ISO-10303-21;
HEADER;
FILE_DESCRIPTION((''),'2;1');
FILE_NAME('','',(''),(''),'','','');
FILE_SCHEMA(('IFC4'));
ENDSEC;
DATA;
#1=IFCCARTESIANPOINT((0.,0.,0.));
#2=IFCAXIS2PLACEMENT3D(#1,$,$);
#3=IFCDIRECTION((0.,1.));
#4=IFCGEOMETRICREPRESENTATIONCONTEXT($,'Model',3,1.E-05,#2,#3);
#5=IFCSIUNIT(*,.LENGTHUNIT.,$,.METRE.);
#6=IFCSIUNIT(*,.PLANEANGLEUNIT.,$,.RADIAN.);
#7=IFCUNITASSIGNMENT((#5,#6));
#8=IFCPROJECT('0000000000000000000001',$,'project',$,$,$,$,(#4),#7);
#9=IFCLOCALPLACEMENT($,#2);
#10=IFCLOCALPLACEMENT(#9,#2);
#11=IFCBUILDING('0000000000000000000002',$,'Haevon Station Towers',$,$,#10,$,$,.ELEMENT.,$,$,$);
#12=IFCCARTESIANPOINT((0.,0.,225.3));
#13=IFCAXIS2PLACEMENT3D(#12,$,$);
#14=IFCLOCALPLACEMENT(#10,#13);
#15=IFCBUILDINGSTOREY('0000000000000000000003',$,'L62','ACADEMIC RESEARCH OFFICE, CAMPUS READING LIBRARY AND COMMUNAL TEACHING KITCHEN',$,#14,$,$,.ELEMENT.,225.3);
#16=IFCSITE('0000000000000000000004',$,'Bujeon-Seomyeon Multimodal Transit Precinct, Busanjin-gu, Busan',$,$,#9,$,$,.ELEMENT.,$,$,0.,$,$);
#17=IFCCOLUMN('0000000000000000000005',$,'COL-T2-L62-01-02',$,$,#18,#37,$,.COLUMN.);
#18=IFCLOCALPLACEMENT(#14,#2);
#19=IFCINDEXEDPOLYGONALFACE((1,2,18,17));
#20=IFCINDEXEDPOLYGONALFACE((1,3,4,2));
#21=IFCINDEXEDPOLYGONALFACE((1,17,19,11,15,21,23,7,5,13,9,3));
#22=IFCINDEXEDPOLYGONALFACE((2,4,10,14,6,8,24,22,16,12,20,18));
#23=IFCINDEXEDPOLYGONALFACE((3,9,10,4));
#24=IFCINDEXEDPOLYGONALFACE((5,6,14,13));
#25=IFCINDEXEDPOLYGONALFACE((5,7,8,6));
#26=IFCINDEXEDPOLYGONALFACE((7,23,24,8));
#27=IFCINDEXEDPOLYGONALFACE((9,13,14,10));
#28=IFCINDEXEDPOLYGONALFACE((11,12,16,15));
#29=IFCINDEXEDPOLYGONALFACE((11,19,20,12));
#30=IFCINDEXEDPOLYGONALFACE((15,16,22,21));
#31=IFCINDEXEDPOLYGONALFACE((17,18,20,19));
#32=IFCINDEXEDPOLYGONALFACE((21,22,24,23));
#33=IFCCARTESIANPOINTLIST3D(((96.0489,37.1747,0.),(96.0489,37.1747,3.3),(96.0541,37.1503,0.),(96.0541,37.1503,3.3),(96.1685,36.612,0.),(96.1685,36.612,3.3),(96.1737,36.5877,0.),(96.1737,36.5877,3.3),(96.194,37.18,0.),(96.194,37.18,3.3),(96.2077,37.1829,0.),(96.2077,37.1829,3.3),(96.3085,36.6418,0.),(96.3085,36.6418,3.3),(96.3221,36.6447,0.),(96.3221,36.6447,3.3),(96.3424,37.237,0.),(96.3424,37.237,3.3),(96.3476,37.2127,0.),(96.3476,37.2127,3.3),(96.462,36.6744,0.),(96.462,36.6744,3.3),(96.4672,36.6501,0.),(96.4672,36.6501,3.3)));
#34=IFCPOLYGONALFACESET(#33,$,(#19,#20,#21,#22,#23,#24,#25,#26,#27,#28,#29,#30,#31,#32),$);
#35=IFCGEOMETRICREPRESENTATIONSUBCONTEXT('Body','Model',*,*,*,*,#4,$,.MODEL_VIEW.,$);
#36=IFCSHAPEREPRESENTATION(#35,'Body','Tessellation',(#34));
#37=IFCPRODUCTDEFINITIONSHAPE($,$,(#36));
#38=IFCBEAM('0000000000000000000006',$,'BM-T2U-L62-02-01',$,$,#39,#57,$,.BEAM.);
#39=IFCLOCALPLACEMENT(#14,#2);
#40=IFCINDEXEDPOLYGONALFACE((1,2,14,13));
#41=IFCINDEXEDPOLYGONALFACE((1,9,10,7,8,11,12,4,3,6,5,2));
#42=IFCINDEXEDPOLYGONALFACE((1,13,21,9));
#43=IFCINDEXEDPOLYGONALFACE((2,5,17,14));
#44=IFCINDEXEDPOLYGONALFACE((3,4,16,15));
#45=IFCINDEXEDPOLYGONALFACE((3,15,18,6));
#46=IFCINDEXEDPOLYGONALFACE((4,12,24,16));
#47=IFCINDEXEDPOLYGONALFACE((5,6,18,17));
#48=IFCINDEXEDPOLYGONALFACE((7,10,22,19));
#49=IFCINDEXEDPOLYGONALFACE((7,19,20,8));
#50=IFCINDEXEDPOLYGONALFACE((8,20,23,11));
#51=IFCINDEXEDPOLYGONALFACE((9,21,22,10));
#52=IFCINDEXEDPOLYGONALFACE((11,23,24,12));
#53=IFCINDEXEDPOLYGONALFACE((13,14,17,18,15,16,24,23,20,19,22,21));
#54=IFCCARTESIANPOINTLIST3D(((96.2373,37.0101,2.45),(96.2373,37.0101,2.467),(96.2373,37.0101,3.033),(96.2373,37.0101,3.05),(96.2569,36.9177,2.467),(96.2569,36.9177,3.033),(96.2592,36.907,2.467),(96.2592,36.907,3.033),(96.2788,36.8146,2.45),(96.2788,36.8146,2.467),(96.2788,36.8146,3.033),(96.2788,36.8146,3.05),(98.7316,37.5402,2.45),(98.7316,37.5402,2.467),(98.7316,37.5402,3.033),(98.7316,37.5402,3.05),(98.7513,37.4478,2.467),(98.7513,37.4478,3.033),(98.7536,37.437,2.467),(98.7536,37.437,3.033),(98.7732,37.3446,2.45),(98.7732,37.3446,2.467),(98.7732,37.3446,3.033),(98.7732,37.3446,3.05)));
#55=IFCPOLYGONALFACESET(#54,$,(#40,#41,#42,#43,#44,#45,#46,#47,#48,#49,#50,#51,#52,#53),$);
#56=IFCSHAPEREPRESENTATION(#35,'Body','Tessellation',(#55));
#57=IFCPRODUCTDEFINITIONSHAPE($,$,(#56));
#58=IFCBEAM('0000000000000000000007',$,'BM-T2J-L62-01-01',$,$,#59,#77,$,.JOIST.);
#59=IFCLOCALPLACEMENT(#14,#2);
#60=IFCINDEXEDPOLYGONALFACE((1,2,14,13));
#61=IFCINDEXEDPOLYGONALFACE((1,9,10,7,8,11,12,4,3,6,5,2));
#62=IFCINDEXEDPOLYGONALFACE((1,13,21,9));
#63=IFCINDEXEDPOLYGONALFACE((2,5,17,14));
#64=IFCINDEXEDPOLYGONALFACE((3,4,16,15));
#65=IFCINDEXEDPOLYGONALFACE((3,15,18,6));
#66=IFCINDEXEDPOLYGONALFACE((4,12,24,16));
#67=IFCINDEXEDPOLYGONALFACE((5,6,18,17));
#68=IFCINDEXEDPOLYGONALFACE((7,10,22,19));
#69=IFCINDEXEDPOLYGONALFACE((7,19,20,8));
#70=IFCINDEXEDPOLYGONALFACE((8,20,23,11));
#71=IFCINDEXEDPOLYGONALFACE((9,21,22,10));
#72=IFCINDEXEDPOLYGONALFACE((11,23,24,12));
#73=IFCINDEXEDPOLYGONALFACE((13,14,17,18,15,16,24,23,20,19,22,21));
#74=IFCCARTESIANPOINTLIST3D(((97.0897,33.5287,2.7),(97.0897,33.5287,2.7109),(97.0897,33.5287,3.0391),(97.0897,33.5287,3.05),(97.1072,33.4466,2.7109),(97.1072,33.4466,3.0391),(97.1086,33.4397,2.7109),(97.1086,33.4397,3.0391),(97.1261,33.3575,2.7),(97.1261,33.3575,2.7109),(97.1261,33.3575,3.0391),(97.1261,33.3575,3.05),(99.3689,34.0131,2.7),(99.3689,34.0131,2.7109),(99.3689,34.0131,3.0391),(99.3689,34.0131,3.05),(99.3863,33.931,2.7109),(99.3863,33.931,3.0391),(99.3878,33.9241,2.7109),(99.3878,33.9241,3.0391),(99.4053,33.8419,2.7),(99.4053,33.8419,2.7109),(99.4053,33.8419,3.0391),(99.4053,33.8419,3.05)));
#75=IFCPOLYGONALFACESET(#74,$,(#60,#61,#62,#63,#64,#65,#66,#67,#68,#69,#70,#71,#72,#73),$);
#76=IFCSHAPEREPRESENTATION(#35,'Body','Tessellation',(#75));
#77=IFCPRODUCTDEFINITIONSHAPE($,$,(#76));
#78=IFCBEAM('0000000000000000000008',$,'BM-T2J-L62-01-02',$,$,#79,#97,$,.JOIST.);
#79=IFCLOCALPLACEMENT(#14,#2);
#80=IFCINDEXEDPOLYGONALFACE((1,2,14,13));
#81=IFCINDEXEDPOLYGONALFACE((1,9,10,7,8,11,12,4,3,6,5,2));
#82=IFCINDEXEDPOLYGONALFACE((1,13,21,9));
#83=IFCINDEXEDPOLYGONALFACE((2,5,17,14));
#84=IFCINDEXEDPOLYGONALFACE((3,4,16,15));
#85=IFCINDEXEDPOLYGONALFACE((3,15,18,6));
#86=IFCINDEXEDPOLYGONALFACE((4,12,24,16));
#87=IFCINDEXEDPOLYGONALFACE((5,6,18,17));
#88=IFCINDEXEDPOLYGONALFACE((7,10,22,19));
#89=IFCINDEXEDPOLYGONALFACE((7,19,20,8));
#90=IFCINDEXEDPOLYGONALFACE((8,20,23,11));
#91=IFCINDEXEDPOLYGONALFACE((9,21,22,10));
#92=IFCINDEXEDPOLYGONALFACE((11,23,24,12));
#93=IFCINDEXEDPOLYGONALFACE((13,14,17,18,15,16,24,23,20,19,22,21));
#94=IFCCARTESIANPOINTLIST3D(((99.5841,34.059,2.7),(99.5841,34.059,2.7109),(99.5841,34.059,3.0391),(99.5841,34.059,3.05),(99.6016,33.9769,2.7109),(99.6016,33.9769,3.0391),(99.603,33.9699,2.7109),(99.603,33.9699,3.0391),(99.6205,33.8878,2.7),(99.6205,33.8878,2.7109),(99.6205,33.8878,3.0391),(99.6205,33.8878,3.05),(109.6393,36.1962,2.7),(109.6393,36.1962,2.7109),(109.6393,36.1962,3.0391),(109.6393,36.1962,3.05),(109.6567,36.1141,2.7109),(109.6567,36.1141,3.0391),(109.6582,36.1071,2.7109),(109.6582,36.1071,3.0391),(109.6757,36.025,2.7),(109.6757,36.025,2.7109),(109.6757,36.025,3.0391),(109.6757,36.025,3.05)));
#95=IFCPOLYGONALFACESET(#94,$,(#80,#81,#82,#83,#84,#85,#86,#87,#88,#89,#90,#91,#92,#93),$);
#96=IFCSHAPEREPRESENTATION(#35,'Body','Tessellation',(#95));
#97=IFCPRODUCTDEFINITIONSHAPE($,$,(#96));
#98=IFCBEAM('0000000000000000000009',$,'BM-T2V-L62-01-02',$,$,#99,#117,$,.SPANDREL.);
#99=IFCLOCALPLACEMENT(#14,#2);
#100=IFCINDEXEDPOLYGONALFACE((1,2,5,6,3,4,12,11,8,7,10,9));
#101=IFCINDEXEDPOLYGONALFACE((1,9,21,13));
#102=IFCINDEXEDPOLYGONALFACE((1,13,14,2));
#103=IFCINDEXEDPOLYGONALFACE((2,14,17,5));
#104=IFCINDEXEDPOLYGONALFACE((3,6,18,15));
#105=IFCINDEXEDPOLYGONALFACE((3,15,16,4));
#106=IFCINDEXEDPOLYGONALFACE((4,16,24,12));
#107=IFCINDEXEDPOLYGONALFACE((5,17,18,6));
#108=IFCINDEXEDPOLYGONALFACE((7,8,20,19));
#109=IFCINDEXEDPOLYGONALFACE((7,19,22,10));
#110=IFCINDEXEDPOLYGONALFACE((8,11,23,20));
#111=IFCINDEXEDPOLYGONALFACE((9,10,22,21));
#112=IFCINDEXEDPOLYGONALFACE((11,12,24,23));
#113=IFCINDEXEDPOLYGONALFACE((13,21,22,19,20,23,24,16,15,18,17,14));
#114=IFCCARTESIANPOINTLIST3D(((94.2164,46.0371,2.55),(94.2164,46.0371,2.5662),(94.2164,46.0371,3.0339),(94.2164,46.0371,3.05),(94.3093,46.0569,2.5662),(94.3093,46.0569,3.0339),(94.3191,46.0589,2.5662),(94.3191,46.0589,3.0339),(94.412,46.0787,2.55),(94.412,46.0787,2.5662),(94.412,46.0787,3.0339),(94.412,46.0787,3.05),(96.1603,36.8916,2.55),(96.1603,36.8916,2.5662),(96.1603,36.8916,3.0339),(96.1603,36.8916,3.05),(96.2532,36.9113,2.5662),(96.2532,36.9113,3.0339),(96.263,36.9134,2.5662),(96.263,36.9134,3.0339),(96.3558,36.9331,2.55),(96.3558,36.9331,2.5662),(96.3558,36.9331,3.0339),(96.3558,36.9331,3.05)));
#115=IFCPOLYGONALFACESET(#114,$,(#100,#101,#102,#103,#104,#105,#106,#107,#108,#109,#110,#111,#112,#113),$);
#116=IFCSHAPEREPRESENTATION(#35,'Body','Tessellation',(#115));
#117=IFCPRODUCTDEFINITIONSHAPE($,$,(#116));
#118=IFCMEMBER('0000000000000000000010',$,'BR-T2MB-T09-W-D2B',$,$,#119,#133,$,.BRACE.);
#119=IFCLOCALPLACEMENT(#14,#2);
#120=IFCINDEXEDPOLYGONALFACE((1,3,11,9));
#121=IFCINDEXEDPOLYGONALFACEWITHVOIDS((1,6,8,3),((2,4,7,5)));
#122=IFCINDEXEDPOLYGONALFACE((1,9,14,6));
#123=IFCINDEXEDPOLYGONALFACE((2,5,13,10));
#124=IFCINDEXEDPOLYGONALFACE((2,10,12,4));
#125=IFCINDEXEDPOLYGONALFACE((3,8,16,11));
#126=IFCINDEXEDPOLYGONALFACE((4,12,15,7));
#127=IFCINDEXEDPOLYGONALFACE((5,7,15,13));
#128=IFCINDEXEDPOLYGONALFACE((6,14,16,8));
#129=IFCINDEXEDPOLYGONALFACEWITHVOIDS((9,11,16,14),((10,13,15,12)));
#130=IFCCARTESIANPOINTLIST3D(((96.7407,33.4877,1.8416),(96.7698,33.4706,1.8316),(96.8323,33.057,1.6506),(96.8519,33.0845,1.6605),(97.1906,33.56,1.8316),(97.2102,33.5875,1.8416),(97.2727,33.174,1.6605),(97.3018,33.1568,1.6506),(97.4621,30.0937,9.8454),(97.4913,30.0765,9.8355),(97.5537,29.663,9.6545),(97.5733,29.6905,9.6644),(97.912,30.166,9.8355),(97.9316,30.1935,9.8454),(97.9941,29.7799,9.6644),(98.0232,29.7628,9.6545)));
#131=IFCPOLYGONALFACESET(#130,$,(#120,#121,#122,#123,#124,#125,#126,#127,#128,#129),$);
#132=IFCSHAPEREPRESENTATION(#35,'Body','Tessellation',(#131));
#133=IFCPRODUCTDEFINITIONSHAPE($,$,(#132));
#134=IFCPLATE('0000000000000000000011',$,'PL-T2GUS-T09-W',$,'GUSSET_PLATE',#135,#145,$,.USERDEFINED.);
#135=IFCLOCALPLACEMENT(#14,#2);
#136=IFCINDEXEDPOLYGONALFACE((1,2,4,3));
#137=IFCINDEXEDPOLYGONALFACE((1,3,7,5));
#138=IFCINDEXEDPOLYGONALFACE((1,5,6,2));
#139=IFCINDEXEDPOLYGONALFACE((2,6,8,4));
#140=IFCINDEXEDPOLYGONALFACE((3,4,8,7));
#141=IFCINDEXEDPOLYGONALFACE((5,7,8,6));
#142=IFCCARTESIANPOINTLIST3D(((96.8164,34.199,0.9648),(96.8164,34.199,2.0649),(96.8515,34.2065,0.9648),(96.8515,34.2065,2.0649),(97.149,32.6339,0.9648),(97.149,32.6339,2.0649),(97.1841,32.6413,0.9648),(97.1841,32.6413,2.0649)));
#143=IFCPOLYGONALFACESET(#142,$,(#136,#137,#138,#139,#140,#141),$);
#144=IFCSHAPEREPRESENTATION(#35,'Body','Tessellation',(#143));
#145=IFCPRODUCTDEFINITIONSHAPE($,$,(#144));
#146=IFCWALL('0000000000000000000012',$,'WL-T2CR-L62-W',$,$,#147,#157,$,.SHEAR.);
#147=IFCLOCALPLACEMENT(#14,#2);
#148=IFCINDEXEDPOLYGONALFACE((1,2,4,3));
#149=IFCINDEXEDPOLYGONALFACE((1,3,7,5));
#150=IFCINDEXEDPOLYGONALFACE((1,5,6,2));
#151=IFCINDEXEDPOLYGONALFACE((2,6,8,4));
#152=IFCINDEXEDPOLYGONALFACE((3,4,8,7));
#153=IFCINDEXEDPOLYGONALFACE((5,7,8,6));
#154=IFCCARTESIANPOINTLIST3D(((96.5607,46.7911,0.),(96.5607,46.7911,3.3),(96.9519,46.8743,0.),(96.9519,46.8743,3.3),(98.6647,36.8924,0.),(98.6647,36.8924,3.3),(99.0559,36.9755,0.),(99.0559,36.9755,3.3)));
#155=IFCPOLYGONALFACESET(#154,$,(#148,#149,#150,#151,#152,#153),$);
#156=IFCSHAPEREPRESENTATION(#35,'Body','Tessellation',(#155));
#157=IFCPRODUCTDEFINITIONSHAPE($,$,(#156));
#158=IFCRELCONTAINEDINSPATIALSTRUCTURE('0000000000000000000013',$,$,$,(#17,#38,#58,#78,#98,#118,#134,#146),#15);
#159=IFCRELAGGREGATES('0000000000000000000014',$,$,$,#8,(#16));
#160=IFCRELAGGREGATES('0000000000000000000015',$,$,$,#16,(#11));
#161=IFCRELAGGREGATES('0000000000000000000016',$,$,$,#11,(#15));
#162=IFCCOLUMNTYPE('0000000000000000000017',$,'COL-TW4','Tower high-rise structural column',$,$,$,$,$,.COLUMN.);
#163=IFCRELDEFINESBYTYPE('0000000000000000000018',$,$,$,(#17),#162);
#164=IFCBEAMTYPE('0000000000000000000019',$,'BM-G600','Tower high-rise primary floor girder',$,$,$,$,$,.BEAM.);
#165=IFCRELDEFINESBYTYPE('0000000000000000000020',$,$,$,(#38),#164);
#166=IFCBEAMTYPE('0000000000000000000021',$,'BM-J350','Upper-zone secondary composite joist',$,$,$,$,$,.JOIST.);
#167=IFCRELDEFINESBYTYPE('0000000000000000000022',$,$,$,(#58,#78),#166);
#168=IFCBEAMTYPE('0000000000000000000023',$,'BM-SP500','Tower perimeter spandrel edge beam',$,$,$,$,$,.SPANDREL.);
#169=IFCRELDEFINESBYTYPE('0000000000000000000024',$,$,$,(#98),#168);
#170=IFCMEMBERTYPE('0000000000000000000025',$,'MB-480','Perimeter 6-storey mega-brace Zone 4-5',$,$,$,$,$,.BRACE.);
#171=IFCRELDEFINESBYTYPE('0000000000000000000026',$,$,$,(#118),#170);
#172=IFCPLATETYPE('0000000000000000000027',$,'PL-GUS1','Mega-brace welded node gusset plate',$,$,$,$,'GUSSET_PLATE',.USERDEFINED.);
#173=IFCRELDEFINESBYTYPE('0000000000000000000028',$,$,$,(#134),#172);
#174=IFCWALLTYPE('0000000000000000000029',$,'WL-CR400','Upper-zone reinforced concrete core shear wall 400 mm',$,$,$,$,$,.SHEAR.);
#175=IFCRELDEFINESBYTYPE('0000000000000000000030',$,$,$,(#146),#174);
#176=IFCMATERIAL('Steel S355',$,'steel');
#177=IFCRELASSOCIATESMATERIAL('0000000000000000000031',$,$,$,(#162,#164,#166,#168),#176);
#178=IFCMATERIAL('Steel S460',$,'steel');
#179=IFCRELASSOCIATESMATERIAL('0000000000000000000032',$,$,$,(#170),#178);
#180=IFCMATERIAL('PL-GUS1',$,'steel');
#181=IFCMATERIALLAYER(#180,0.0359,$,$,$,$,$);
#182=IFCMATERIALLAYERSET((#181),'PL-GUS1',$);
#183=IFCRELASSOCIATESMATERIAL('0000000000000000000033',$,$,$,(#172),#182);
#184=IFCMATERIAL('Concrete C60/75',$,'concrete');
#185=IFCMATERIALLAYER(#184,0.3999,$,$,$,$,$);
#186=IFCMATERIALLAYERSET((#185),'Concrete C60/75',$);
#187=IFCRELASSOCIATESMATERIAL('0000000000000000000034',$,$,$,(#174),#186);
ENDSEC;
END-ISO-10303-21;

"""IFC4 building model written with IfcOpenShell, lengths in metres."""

from ifc_helpers import new_model, si_unit, direction, frame, frame_2d, origin, origin_2d, place, context, subcontext, project, spatial, rectangle, hollow_rectangle, i_section, extrude, material, layer, layer_set, material_profile, profile_set, type_object, element, save


model = new_model("IFC4")

# Units and contexts
model_context = context("Model", 3, precision=1e-05, world=origin(), true_north=direction((0.0, 1.0)))
body_context = subcontext(model_context, "Body", "Model", "MODEL_VIEW")
ifc_project = project(units=[si_unit("LENGTHUNIT", "METRE"), si_unit("PLANEANGLEUNIT", "RADIAN")], contexts=[model_context])

# Site, building, storey
site_placement = place(None, origin())
site = spatial("IfcSite", under=ifc_project, at=site_placement, Name="Bujeon-Seomyeon Multimodal Transit Precinct, Busanjin-gu, Busan", CompositionType="ELEMENT", RefElevation=0.0)
building_placement = place(site_placement, origin())
building = spatial("IfcBuilding", under=site, at=building_placement, Name="Haevon Station Towers", CompositionType="ELEMENT")
storey_placement = place(building_placement, frame((0.0, 0.0, 225.3)))
storey = spatial("IfcBuildingStorey", under=building, at=storey_placement, Name="L62", Description="ACADEMIC RESEARCH OFFICE, CAMPUS READING LIBRARY AND COMMUNAL TEACHING KITCHEN", CompositionType="ELEMENT", Elevation=225.3)

# Column
ifc_material_1 = material(Name="Steel S355", Category="steel")
ifc_material_profile_1 = material_profile(ifc_material_1, i_section(OverallWidth=0.3, OverallDepth=0.6001, WebThickness=0.0139, FlangeThickness=0.0249, at=origin_2d()), Name="H-600x300x14x25")
ifc_profile_set_1 = profile_set([ifc_material_profile_1], Name="Steel S355")
column_type = type_object("IfcColumnType", Name="COL-TW4", Description="Tower high-rise structural column", PredefinedType="COLUMN", material=ifc_profile_set_1)
column_placement = place(storey_placement, frame((96.2581, 36.9124, 0.0), z_axis=(0.0, 0.0, 1.0), x_axis=(0.978148, 0.207912, 0.0)))
element("IfcColumn", 1, at=column_placement, inside=storey, type_object=column_type, Name="COL-T2-L62-01-02", PredefinedType="COLUMN", context=body_context, shape_type="SweptSolid", body=[
    extrude(i_section(OverallWidth=0.3, OverallDepth=0.6001, WebThickness=0.0139, FlangeThickness=0.0249, at=origin_2d()), origin(), (0.0, 0.0, 1.0), 3.3),
])

# Beams
ifc_material_profile_2 = material_profile(ifc_material_1, i_section(OverallWidth=0.2, OverallDepth=0.6001, WebThickness=0.011, FlangeThickness=0.0171, at=origin_2d()), Name="H-600x200x11x17")
ifc_profile_set_2 = profile_set([ifc_material_profile_2], Name="Steel S355")
beam_type_1 = type_object("IfcBeamType", Name="BM-G600", Description="Tower high-rise primary floor girder", PredefinedType="BEAM", material=ifc_profile_set_2)
beam_1_placement = place(storey_placement, frame((96.2581, 36.9124, 2.75), z_axis=(0.978161, 0.207848, 0.0), x_axis=(-0.207848, 0.978161, 0.0)))
element("IfcBeam", 2, at=beam_1_placement, inside=storey, type_object=beam_type_1, Name="BM-T2U-L62-02-01", PredefinedType="BEAM", context=body_context, shape_type="SweptSolid", body=[
    extrude(i_section(OverallWidth=0.2, OverallDepth=0.6001, WebThickness=0.011, FlangeThickness=0.0171, at=origin_2d()), origin(), (0.0, 0.0, 1.0), 2.55),
])
ifc_material_profile_3 = material_profile(ifc_material_1, i_section(OverallWidth=0.175, OverallDepth=0.3501, WebThickness=0.0071, FlangeThickness=0.011, at=origin_2d()), Name="H-350x175x7x11")
ifc_profile_set_3 = profile_set([ifc_material_profile_3], Name="Steel S355")
beam_type_2 = type_object("IfcBeamType", Name="BM-J350", Description="Upper-zone secondary composite joist", PredefinedType="JOIST", material=ifc_profile_set_3)
beam_2_placement = place(storey_placement, frame((97.1079, 33.4431, 2.875), z_axis=(0.978152, 0.20789, 0.0), x_axis=(-0.20789, 0.978152, 0.0)))
element("IfcBeam", 3, at=beam_2_placement, inside=storey, type_object=beam_type_2, Name="BM-T2J-L62-01-01", PredefinedType="JOIST", context=body_context, shape_type="SweptSolid", body=[
    extrude(i_section(OverallWidth=0.175, OverallDepth=0.3501, WebThickness=0.0071, FlangeThickness=0.011, at=origin_2d()), origin(), (0.0, 0.0, 1.0), 2.3301),
])
beam_3_placement = place(storey_placement, frame((99.6023, 33.9734, 2.875), z_axis=(0.978149, 0.207904, 0.0), x_axis=(-0.207904, 0.978149, 0.0)))
element("IfcBeam", 4, at=beam_3_placement, inside=storey, type_object=beam_type_2, Name="BM-T2J-L62-01-02", PredefinedType="JOIST", context=body_context, shape_type="SweptSolid", body=[
    extrude(i_section(OverallWidth=0.175, OverallDepth=0.3501, WebThickness=0.0071, FlangeThickness=0.011, at=origin_2d()), origin(), (0.0, 0.0, 1.0), 10.2798),
])
ifc_material_profile_4 = material_profile(ifc_material_1, i_section(OverallWidth=0.2, OverallDepth=0.5, WebThickness=0.01, FlangeThickness=0.0161, at=origin_2d()), Name="H-500x200x10x16")
ifc_profile_set_4 = profile_set([ifc_material_profile_4], Name="Steel S355")
beam_type_3 = type_object("IfcBeamType", Name="BM-SP500", Description="Tower perimeter spandrel edge beam", PredefinedType="SPANDREL", material=ifc_profile_set_4)
beam_4_placement = place(storey_placement, frame((96.2581, 36.9124, 2.8), z_axis=(-0.207902, 0.97815, 0.0), x_axis=(-0.97815, -0.207902, 0.0)))
element("IfcBeam", 5, at=beam_4_placement, inside=storey, type_object=beam_type_3, Name="BM-T2V-L62-01-02", PredefinedType="SPANDREL", context=body_context, shape_type="SweptSolid", body=[
    extrude(i_section(OverallWidth=0.2, OverallDepth=0.5, WebThickness=0.01, FlangeThickness=0.0161, at=origin_2d()), origin(), (0.0, 0.0, 1.0), 9.3499),
])

# Member
ifc_material_2 = material(Name="Steel S460", Category="steel")
ifc_material_profile_5 = material_profile(ifc_material_2, hollow_rectangle(XDim=0.48, YDim=0.48, WallThickness=0.0249, at=origin_2d()), Name="RHS-480x480x25")
ifc_profile_set_5 = profile_set([ifc_material_profile_5], Name="Steel S460")
member_type = type_object("IfcMemberType", Name="MB-480", Description="Perimeter 6-storey mega-brace Zone 4-5", PredefinedType="BRACE", material=ifc_profile_set_5)
member_placement = place(storey_placement, frame((97.0212, 33.3223, 1.7461), z_axis=(0.082699, -0.389061, 0.917492), x_axis=(0.978147, 0.207914, 0.0)))
element("IfcMember", 6, at=member_placement, inside=storey, type_object=member_type, Name="BR-T2MB-T09-W-D2B", PredefinedType="BRACE", context=body_context, shape_type="SweptSolid", body=[
    extrude(hollow_rectangle(XDim=0.48, YDim=0.48, WallThickness=0.0249, at=origin_2d()), origin(), (0.0, 0.0, 1.0), 8.7236),
])

# Plate
ifc_material_3 = material(Name="PL-GUS1", Category="steel")
ifc_layer_1 = layer(ifc_material_3, 0.0359)
ifc_layer_set_1 = layer_set([ifc_layer_1], Name="PL-GUS1")
plate_type = type_object("IfcPlateType", Name="PL-GUS1", Description="Mega-brace welded node gusset plate", ElementType="GUSSET_PLATE", PredefinedType="USERDEFINED", material=ifc_layer_set_1)
plate_placement = place(storey_placement, frame((97.0002, 33.4202, 0.9648), z_axis=(0.0, 0.0, 1.0), x_axis=(-0.207912, 0.978148, 0.0)))
element("IfcPlate", 7, at=plate_placement, inside=storey, type_object=plate_type, Name="PL-T2GUS-T09-W", ObjectType="GUSSET_PLATE", PredefinedType="USERDEFINED", context=body_context, shape_type="SweptSolid", body=[
    extrude(rectangle(XDim=1.6001, YDim=0.0359, at=origin_2d()), origin(), (0.0, 0.0, 1.0), 1.1001),
])

# Wall
ifc_material_4 = material(Name="Concrete C60/75", Category="concrete")
ifc_layer_2 = layer(ifc_material_4, 0.3999)
ifc_layer_set_2 = layer_set([ifc_layer_2], Name="Concrete C60/75")
wall_type_1 = type_object("IfcWallType", Name="WL-CR400", Description="Upper-zone reinforced concrete core shear wall 400 mm", PredefinedType="SHEAR", material=ifc_layer_set_2)
wall_1_placement = place(storey_placement, frame((98.8604, 36.9338, 0.0), z_axis=(0.0, 0.0, 1.0), x_axis=(-0.207909, 0.978148, 0.0)))
element("IfcWall", 8, at=wall_1_placement, inside=storey, type_object=wall_type_1, Name="WL-T2CR-L62-W", PredefinedType="SHEAR", context=body_context, shape_type="SweptSolid", body=[
    extrude(rectangle(XDim=10.1199, YDim=0.3999, at=frame_2d((5.0601, 0.0))), origin(), (0.0, 0.0, 1.0), 3.3),
])

save(model, "model.ifc")
